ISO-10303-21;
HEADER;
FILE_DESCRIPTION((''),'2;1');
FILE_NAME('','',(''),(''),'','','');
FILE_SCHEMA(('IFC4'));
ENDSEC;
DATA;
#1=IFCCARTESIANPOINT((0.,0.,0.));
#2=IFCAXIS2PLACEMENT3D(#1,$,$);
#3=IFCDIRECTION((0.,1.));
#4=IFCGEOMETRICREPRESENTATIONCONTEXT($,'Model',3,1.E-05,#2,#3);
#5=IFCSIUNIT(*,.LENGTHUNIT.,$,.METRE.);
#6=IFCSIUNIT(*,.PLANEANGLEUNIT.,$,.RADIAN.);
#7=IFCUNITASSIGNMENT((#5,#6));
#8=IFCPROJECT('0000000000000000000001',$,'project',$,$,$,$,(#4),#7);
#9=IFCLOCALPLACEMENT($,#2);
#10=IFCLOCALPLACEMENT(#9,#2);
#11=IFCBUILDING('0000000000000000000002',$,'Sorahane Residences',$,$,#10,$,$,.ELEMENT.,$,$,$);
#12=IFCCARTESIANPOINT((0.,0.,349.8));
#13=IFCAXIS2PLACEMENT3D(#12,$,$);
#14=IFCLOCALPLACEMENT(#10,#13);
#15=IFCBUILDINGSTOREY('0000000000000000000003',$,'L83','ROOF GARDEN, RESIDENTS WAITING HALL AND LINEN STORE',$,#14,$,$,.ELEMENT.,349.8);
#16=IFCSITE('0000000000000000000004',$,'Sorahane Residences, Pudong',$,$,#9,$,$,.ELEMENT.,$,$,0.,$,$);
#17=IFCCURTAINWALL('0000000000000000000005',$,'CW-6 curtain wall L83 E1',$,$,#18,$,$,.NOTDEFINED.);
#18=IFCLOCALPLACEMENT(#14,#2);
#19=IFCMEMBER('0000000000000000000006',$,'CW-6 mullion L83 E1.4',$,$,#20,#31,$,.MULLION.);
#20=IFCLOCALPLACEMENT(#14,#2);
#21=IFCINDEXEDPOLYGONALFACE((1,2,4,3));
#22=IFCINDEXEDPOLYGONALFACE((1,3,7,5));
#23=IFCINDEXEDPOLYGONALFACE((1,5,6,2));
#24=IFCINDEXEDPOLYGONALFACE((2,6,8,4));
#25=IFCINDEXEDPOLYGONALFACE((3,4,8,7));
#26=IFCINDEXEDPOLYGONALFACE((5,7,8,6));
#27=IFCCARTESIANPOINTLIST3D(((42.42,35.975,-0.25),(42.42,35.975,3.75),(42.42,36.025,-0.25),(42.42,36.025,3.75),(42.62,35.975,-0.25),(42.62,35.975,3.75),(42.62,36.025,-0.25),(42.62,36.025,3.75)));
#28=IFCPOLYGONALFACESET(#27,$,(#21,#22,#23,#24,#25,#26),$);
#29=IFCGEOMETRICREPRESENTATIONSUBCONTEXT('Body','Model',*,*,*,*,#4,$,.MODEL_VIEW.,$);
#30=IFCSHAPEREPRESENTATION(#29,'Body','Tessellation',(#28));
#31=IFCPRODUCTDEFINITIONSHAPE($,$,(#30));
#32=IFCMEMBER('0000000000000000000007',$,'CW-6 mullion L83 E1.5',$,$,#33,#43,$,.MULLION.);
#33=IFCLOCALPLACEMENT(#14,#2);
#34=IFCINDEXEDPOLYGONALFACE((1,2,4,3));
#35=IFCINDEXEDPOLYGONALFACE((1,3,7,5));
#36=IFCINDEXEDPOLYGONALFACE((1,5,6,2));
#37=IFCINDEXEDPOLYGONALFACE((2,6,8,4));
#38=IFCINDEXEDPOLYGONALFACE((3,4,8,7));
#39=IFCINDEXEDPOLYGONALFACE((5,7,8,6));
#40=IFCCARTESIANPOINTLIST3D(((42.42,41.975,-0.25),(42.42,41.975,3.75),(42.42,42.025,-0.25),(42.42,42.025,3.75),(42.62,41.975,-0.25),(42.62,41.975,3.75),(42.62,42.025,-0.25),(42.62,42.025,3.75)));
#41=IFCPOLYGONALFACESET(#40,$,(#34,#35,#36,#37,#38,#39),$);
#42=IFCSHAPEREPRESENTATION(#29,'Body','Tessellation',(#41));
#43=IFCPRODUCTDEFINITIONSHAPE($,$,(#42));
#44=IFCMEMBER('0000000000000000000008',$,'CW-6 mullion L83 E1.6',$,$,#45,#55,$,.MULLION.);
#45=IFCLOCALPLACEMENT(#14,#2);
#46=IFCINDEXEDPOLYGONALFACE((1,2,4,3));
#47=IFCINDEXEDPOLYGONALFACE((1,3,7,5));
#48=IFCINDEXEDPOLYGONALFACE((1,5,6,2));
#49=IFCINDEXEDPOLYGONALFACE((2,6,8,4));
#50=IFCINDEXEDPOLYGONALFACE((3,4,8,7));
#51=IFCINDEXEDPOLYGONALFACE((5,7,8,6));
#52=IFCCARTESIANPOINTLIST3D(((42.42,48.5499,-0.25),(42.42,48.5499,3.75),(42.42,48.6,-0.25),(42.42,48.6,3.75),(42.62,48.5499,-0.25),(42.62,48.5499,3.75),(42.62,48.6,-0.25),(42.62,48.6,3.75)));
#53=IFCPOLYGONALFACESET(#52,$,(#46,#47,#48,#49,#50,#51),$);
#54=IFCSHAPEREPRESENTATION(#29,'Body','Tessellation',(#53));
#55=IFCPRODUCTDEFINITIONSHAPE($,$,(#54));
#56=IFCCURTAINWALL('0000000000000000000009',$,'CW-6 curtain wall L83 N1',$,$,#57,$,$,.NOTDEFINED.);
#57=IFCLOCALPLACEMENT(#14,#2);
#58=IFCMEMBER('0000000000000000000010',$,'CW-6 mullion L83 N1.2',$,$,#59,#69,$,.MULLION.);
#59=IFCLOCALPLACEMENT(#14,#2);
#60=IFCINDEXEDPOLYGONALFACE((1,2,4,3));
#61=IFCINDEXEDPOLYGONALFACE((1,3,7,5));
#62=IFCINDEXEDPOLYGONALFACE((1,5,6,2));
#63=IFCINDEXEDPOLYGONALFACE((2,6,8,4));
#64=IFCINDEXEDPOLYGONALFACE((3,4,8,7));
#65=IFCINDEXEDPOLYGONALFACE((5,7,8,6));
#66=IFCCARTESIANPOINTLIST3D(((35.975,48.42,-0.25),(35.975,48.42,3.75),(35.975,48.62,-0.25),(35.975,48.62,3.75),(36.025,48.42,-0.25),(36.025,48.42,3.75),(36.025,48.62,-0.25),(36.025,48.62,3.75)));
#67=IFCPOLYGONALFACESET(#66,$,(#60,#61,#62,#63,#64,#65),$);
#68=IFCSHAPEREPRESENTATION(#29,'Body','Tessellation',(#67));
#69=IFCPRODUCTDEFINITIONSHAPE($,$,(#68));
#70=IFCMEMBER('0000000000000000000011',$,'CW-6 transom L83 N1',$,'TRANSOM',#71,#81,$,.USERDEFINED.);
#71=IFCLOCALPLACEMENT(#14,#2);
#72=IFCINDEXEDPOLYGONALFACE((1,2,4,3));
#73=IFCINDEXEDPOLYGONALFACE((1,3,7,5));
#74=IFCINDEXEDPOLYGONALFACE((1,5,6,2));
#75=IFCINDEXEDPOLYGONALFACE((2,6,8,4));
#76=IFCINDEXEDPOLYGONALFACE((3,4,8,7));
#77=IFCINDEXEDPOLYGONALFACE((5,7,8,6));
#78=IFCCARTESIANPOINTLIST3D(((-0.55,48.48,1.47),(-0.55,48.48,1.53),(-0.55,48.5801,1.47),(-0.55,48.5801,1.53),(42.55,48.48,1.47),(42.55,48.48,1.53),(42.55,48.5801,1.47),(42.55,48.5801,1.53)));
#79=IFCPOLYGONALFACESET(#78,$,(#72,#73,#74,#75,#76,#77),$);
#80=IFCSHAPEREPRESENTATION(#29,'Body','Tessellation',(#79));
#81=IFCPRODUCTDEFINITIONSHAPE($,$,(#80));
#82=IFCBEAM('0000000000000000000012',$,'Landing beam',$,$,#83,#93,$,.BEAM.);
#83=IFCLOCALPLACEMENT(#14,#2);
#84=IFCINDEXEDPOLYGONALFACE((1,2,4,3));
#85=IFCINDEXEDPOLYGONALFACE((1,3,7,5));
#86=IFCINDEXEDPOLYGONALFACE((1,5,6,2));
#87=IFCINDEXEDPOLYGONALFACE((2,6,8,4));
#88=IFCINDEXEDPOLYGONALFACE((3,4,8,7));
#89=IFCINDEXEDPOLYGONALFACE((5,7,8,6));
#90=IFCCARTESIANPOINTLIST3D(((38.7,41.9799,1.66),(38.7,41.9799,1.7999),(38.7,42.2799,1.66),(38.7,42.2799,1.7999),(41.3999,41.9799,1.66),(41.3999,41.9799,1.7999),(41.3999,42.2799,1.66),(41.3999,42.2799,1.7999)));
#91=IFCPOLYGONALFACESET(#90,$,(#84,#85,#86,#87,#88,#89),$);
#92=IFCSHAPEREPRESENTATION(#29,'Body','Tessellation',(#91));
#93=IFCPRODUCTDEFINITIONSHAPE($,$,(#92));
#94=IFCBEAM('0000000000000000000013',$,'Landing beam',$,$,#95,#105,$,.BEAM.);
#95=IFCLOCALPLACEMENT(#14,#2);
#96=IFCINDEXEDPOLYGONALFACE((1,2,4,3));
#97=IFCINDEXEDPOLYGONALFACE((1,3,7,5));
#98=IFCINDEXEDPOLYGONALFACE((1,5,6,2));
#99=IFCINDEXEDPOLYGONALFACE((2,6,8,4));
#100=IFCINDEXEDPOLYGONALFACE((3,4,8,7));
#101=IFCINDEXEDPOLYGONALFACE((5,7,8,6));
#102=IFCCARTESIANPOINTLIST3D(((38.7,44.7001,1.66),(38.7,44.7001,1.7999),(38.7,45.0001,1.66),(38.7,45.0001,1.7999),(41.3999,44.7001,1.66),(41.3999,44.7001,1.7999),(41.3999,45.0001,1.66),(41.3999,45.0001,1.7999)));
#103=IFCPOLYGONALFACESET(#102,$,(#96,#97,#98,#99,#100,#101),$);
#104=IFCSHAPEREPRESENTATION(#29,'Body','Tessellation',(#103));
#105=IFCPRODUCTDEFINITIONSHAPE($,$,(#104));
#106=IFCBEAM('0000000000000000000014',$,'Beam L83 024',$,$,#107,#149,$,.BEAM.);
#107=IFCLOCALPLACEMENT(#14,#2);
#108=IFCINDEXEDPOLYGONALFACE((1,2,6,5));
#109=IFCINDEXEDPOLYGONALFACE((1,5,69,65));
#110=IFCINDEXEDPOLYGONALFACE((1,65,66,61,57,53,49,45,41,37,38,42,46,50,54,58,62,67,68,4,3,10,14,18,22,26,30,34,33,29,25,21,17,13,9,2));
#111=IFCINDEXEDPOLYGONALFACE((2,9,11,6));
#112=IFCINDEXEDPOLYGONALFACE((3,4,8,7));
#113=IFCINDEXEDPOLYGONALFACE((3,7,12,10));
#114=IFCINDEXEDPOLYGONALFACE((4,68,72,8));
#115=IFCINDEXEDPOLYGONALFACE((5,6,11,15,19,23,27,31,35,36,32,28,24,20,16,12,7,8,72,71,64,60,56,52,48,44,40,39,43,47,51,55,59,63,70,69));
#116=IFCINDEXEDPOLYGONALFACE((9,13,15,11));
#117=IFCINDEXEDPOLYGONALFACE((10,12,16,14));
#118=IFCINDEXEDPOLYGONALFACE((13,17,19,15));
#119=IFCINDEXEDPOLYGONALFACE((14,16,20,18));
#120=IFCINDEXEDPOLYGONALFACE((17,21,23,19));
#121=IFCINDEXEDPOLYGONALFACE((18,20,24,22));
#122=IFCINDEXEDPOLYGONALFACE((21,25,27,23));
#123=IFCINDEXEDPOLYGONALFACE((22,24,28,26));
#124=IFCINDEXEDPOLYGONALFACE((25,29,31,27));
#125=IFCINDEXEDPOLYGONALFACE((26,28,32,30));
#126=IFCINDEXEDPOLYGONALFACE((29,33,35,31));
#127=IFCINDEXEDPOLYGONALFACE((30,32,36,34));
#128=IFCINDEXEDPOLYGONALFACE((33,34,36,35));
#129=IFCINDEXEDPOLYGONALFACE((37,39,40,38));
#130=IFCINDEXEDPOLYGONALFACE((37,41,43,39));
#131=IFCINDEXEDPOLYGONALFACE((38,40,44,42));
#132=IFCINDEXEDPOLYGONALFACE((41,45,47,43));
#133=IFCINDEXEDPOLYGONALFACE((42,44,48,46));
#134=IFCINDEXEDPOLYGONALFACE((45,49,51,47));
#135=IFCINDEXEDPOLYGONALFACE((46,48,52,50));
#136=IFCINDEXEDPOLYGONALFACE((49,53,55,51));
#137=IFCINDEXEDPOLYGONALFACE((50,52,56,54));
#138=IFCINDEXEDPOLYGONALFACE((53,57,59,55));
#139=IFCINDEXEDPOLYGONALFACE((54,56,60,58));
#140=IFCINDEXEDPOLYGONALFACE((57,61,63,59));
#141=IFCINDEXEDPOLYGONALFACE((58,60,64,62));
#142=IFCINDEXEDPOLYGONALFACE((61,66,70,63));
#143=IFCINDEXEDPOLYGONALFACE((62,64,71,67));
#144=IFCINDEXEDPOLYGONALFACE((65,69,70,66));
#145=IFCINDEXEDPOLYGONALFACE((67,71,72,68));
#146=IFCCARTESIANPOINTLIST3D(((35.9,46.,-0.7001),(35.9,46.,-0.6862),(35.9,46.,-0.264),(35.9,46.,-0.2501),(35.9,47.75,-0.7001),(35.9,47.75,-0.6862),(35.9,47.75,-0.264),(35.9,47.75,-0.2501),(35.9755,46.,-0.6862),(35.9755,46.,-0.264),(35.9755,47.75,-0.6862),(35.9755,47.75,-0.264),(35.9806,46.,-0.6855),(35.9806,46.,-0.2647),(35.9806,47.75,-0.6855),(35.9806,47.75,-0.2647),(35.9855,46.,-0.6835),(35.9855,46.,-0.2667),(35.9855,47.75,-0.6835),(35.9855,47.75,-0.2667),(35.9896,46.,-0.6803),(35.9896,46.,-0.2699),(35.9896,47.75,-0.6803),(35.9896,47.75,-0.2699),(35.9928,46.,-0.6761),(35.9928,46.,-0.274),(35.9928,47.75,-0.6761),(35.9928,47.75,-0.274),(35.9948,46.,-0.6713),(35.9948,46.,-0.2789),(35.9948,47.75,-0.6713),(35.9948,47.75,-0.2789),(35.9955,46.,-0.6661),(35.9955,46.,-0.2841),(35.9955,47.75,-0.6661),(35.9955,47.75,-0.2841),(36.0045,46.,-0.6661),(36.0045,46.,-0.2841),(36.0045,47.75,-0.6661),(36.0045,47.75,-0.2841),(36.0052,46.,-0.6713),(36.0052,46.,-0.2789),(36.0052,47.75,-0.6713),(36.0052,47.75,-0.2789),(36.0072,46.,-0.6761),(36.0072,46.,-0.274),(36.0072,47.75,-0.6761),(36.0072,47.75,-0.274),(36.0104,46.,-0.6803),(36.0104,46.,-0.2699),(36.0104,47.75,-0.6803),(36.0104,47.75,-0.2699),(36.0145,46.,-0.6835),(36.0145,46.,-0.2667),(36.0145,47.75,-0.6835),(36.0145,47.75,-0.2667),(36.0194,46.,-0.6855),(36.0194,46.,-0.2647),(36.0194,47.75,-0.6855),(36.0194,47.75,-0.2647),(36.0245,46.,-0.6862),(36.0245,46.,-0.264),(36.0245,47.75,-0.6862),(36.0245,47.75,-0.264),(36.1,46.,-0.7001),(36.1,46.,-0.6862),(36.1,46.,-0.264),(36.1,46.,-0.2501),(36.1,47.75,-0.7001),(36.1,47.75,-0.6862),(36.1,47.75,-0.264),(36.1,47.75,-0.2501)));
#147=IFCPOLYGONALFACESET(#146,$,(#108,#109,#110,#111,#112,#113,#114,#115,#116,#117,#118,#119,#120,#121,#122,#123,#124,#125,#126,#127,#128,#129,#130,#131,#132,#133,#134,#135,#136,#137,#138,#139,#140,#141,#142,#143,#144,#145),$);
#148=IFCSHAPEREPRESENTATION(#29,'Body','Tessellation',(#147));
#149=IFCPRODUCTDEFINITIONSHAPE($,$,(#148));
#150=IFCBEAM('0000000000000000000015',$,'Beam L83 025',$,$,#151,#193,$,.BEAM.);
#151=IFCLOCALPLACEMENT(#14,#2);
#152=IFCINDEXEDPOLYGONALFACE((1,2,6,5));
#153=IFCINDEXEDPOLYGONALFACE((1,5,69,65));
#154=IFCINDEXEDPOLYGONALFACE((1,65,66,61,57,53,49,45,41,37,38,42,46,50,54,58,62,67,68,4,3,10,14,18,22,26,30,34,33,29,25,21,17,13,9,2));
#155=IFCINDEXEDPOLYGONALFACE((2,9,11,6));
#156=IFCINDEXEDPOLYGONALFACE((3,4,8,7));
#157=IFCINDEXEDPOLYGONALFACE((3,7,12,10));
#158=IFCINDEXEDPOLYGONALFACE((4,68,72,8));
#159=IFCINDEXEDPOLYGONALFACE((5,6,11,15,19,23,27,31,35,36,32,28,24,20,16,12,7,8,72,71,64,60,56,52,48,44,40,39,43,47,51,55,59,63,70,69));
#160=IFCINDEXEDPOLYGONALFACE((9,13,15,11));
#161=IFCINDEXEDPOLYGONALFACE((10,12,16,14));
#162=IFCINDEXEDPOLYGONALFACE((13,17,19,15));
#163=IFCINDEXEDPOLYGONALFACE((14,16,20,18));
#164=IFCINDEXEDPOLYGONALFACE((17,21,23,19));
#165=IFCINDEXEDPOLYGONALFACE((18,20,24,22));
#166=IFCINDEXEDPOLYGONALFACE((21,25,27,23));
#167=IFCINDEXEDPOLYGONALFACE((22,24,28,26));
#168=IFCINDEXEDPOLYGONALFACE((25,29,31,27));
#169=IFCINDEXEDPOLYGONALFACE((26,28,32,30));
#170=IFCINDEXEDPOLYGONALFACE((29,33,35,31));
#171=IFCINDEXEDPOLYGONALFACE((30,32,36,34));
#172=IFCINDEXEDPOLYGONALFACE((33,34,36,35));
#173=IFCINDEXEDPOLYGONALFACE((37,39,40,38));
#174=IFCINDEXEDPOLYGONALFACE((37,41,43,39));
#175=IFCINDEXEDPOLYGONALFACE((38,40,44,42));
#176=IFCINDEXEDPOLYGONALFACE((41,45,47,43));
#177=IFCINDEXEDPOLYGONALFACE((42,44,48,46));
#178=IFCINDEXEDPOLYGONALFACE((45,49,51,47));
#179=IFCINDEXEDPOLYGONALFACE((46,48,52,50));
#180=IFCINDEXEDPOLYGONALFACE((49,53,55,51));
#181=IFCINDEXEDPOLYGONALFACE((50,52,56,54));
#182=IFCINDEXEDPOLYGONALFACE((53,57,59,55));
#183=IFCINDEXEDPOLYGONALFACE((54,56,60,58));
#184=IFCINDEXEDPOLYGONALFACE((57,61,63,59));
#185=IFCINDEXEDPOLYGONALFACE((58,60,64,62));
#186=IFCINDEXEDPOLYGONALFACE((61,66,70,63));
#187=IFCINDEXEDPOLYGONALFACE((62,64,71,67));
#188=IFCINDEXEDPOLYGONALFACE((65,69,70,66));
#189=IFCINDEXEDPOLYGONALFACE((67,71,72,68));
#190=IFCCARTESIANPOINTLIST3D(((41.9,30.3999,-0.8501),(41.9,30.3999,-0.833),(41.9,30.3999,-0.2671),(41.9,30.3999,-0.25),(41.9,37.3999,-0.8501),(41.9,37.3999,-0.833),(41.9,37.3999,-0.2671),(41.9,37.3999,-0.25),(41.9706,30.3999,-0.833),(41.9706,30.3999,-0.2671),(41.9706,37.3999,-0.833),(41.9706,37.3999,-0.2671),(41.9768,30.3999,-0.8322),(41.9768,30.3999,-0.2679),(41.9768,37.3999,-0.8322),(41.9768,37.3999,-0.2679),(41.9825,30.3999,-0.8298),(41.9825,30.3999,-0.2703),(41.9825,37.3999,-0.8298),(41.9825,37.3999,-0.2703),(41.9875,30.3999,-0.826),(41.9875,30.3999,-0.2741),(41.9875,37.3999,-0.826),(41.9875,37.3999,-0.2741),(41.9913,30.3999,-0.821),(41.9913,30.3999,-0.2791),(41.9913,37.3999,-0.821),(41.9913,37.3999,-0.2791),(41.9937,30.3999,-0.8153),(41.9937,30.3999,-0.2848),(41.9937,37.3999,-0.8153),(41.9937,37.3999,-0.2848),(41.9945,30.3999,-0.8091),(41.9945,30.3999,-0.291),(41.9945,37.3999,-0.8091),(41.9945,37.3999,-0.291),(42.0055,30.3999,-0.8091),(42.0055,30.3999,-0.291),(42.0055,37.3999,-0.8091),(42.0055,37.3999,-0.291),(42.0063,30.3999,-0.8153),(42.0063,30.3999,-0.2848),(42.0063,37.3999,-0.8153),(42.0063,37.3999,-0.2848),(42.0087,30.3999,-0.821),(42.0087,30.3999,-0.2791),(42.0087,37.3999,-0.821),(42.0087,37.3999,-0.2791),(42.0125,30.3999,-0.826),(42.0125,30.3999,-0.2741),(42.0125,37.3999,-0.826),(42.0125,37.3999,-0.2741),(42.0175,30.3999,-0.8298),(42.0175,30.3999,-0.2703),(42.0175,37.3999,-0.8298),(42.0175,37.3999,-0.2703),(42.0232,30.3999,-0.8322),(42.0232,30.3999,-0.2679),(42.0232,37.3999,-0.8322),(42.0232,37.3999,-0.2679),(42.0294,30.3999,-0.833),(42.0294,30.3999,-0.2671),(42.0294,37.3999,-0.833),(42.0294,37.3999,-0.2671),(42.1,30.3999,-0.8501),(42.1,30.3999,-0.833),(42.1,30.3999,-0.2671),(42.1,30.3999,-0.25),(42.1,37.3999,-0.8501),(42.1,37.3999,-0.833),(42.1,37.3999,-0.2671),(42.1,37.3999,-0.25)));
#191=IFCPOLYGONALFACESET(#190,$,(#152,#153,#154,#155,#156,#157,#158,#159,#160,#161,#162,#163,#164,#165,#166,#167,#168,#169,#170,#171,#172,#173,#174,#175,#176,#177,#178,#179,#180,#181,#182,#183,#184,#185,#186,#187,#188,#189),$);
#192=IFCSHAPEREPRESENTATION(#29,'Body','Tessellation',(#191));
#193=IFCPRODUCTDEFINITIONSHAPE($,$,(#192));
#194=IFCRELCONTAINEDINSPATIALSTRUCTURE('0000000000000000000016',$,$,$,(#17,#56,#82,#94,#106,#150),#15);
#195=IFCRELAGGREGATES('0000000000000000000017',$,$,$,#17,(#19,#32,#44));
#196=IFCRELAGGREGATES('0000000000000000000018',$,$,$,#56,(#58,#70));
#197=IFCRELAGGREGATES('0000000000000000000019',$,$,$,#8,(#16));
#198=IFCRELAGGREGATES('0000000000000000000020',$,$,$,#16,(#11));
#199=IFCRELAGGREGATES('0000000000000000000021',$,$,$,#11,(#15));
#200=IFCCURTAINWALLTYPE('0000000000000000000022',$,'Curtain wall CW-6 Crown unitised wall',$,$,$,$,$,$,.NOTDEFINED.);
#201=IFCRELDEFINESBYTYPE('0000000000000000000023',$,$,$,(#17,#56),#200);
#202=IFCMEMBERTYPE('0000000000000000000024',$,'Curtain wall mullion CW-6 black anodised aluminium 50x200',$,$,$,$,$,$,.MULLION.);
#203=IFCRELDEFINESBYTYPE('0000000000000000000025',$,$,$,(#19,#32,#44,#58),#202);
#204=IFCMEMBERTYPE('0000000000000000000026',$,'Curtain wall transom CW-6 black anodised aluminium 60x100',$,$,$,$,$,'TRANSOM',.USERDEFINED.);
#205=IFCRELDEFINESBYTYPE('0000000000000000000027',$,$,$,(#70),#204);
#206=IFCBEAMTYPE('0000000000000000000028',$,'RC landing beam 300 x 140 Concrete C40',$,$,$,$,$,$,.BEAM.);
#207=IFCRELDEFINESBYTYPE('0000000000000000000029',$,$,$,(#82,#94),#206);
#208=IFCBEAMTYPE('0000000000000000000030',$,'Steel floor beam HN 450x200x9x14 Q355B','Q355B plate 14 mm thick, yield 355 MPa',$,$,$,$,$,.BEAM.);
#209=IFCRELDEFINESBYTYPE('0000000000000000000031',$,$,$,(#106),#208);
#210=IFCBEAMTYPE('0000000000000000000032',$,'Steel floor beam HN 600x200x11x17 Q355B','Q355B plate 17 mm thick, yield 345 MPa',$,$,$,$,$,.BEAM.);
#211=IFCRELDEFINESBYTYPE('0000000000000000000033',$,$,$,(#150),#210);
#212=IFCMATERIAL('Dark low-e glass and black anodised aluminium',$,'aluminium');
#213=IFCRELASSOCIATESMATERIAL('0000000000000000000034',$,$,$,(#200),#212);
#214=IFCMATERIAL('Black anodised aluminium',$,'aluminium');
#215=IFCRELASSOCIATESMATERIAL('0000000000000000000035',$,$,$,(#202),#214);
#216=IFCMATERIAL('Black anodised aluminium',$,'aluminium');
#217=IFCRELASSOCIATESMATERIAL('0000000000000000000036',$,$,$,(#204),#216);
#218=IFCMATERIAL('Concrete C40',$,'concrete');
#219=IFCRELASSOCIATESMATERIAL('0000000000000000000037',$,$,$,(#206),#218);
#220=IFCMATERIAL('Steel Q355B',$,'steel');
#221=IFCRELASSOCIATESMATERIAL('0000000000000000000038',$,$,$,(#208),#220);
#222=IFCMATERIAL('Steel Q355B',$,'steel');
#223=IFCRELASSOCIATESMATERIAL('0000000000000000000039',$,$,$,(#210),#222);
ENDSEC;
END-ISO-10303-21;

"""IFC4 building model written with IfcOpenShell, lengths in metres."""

from ifc_helpers import new_model, si_unit, direction, frame, origin, origin_2d, place, context, subcontext, project, spatial, rectangle, i_section, extrude, material, material_profile, profile_set, type_object, element, aggregate, save


model = new_model("IFC4")

# Units and contexts
model_context = context("Model", 3, precision=1e-05, world=origin(), true_north=direction((0.0, 1.0)))
body_context = subcontext(model_context, "Body", "Model", "MODEL_VIEW")
ifc_project = project(units=[si_unit("LENGTHUNIT", "METRE"), si_unit("PLANEANGLEUNIT", "RADIAN")], contexts=[model_context])

# Site, building, storey
site_placement = place(None, origin())
site = spatial("IfcSite", under=ifc_project, at=site_placement, Name="Sorahane Residences, Pudong", CompositionType="ELEMENT", RefElevation=0.0)
building_placement = place(site_placement, origin())
building = spatial("IfcBuilding", under=site, at=building_placement, Name="Sorahane Residences", CompositionType="ELEMENT")
storey_placement = place(building_placement, frame((0.0, 0.0, 349.8)))
storey = spatial("IfcBuildingStorey", under=building, at=storey_placement, Name="L83", Description="ROOF GARDEN, RESIDENTS WAITING HALL AND LINEN STORE", CompositionType="ELEMENT", Elevation=349.8)

# Curtain walls, members
ifc_material_1 = material(Name="Dark low-e glass and black anodised aluminium", Category="aluminium")
curtain_wall_type = type_object("IfcCurtainWallType", Name="Curtain wall CW-6 Crown unitised wall", PredefinedType="NOTDEFINED", material=ifc_material_1)
curtain_wall_1_placement = place(storey_placement, origin())
curtain_wall_1 = element("IfcCurtainWall", 1, at=curtain_wall_1_placement, inside=storey, type_object=curtain_wall_type, Name="CW-6 curtain wall L83 E1", PredefinedType="NOTDEFINED")
ifc_material_2 = material(Name="Black anodised aluminium", Category="aluminium")
ifc_material_profile_1 = material_profile(ifc_material_2, rectangle(XDim=0.2, YDim=0.05, at=origin_2d()), Name="Curtain wall mullion CW-6 black anodised aluminium 50x200")
ifc_profile_set_1 = profile_set([ifc_material_profile_1], Name="Black anodised aluminium")
member_type_1 = type_object("IfcMemberType", Name="Curtain wall mullion CW-6 black anodised aluminium 50x200", PredefinedType="MULLION", material=ifc_profile_set_1)
member_1_placement = place(storey_placement, frame((42.52, 36.0, -0.25), z_axis=(0.0, 0.0, 1.0), x_axis=(1.0, 0.0, 0.0)))
member_1 = element("IfcMember", 2, at=member_1_placement, type_object=member_type_1, Name="CW-6 mullion L83 E1.4", PredefinedType="MULLION", context=body_context, shape_type="SweptSolid", body=[
    extrude(rectangle(XDim=0.2, YDim=0.05, at=origin_2d()), origin(), (0.0, 0.0, 1.0), 4.0),
])
member_2_placement = place(storey_placement, frame((42.52, 42.0, -0.25), z_axis=(0.0, 0.0, 1.0), x_axis=(1.0, 0.0, 0.0)))
member_2 = element("IfcMember", 3, at=member_2_placement, type_object=member_type_1, Name="CW-6 mullion L83 E1.5", PredefinedType="MULLION", context=body_context, shape_type="SweptSolid", body=[
    extrude(rectangle(XDim=0.2, YDim=0.05, at=origin_2d()), origin(), (0.0, 0.0, 1.0), 4.0),
])
member_3_placement = place(storey_placement, frame((42.52, 48.575, -0.25), z_axis=(0.0, 0.0, 1.0), x_axis=(1.0, 0.0, 0.0)))
member_3 = element("IfcMember", 4, at=member_3_placement, type_object=member_type_1, Name="CW-6 mullion L83 E1.6", PredefinedType="MULLION", context=body_context, shape_type="SweptSolid", body=[
    extrude(rectangle(XDim=0.2, YDim=0.05, at=origin_2d()), origin(), (0.0, 0.0, 1.0), 4.0),
])
curtain_wall_2_placement = place(storey_placement, origin())
curtain_wall_2 = element("IfcCurtainWall", 5, at=curtain_wall_2_placement, inside=storey, type_object=curtain_wall_type, Name="CW-6 curtain wall L83 N1", PredefinedType="NOTDEFINED")
member_4_placement = place(storey_placement, frame((36.0, 48.52, -0.25), z_axis=(0.0, 0.0, 1.0), x_axis=(0.0, 1.0, 0.0)))
member_4 = element("IfcMember", 6, at=member_4_placement, type_object=member_type_1, Name="CW-6 mullion L83 N1.2", PredefinedType="MULLION", context=body_context, shape_type="SweptSolid", body=[
    extrude(rectangle(XDim=0.2, YDim=0.05, at=origin_2d()), origin(), (0.0, 0.0, 1.0), 4.0),
])
ifc_material_3 = material(Name="Black anodised aluminium", Category="aluminium")
ifc_material_profile_2 = material_profile(ifc_material_3, rectangle(XDim=0.1001, YDim=0.0601, at=origin_2d()), Name="Curtain wall transom CW-6 black anodised aluminium 60x100")
ifc_profile_set_2 = profile_set([ifc_material_profile_2], Name="Black anodised aluminium")
member_type_2 = type_object("IfcMemberType", Name="Curtain wall transom CW-6 black anodised aluminium 60x100", ElementType="TRANSOM", PredefinedType="USERDEFINED", material=ifc_profile_set_2)
member_5_placement = place(storey_placement, frame((42.55, 48.53, 1.5), z_axis=(-1.0, 0.0, 0.0), x_axis=(0.0, -1.0, 0.0)))
member_5 = element("IfcMember", 7, at=member_5_placement, type_object=member_type_2, Name="CW-6 transom L83 N1", ObjectType="TRANSOM", PredefinedType="USERDEFINED", context=body_context, shape_type="SweptSolid", body=[
    extrude(rectangle(XDim=0.1001, YDim=0.0601, at=origin_2d()), origin(), (0.0, 0.0, 1.0), 43.1001),
])

# Beams
ifc_material_4 = material(Name="Concrete C40", Category="concrete")
ifc_material_profile_3 = material_profile(ifc_material_4, rectangle(XDim=0.3, YDim=0.1399, at=origin_2d()), Name="300x140")
ifc_profile_set_3 = profile_set([ifc_material_profile_3], Name="Concrete C40")
beam_type_1 = type_object("IfcBeamType", Name="RC landing beam 300 x 140 Concrete C40", PredefinedType="BEAM", material=ifc_profile_set_3)
for number, where, z_axis, x_axis, name in (
    (8, (38.7, 42.1299, 1.73), (1.0, 0.0, 0.0), (0.0, 1.0, 0.0), "Landing beam"),
    (9, (38.7, 44.8501, 1.73), (1.0, 0.0, 0.0), (0.0, 1.0, 0.0), "Landing beam"),
):
    element("IfcBeam", number, at=place(storey_placement, frame(where, z_axis=z_axis, x_axis=x_axis)), inside=storey, type_object=beam_type_1, Name=name, PredefinedType="BEAM", context=body_context, shape_type="SweptSolid", body=[
        extrude(rectangle(XDim=0.3, YDim=0.1399, at=origin_2d()), origin(), (0.0, 0.0, 1.0), 2.7),
    ])
ifc_material_5 = material(Name="Steel Q355B", Category="steel")
ifc_material_profile_4 = material_profile(ifc_material_5, i_section(OverallWidth=0.2, OverallDepth=0.45, WebThickness=0.009, FlangeThickness=0.0139, FilletRadius=0.02, at=origin_2d()), Name="HN 450x200x9x14")
ifc_profile_set_4 = profile_set([ifc_material_profile_4], Name="Steel Q355B")
beam_type_2 = type_object("IfcBeamType", Name="Steel floor beam HN 450x200x9x14 Q355B", Description="Q355B plate 14 mm thick, yield 355 MPa", PredefinedType="BEAM", material=ifc_profile_set_4)
beam_1_placement = place(storey_placement, frame((36.0, 46.0, -0.4751), z_axis=(0.0, 1.0, 0.0), x_axis=(-1.0, 0.0, 0.0)))
element("IfcBeam", 10, at=beam_1_placement, inside=storey, type_object=beam_type_2, Name="Beam L83 024", PredefinedType="BEAM", context=body_context, shape_type="SweptSolid", body=[
    extrude(i_section(OverallWidth=0.2, OverallDepth=0.45, WebThickness=0.009, FlangeThickness=0.0139, FilletRadius=0.02, at=origin_2d()), origin(), (0.0, 0.0, 1.0), 1.75),
])
ifc_material_6 = material(Name="Steel Q355B", Category="steel")
ifc_material_profile_5 = material_profile(ifc_material_6, i_section(OverallWidth=0.2, OverallDepth=0.6001, WebThickness=0.011, FlangeThickness=0.0171, FilletRadius=0.0239, at=origin_2d()), Name="HN 600x200x11x17")
ifc_profile_set_5 = profile_set([ifc_material_profile_5], Name="Steel Q355B")
beam_type_3 = type_object("IfcBeamType", Name="Steel floor beam HN 600x200x11x17 Q355B", Description="Q355B plate 17 mm thick, yield 345 MPa", PredefinedType="BEAM", material=ifc_profile_set_5)
for number, where, z_axis, x_axis, name in (
    (11, (42.0, 30.3999, -0.55), (0.0, 1.0, 0.0), (-1.0, 0.0, 0.0), "Beam L83 025"),
):
    element("IfcBeam", number, at=place(storey_placement, frame(where, z_axis=z_axis, x_axis=x_axis)), inside=storey, type_object=beam_type_3, Name=name, PredefinedType="BEAM", context=body_context, shape_type="SweptSolid", body=[
        extrude(i_section(OverallWidth=0.2, OverallDepth=0.6001, WebThickness=0.011, FlangeThickness=0.0171, FilletRadius=0.0239, at=origin_2d()), origin(), (0.0, 0.0, 1.0), 7.0),
    ])

aggregate(curtain_wall_1, [member_1, member_2, member_3])
aggregate(curtain_wall_2, [member_4, member_5])

save(model, "model.ifc")
